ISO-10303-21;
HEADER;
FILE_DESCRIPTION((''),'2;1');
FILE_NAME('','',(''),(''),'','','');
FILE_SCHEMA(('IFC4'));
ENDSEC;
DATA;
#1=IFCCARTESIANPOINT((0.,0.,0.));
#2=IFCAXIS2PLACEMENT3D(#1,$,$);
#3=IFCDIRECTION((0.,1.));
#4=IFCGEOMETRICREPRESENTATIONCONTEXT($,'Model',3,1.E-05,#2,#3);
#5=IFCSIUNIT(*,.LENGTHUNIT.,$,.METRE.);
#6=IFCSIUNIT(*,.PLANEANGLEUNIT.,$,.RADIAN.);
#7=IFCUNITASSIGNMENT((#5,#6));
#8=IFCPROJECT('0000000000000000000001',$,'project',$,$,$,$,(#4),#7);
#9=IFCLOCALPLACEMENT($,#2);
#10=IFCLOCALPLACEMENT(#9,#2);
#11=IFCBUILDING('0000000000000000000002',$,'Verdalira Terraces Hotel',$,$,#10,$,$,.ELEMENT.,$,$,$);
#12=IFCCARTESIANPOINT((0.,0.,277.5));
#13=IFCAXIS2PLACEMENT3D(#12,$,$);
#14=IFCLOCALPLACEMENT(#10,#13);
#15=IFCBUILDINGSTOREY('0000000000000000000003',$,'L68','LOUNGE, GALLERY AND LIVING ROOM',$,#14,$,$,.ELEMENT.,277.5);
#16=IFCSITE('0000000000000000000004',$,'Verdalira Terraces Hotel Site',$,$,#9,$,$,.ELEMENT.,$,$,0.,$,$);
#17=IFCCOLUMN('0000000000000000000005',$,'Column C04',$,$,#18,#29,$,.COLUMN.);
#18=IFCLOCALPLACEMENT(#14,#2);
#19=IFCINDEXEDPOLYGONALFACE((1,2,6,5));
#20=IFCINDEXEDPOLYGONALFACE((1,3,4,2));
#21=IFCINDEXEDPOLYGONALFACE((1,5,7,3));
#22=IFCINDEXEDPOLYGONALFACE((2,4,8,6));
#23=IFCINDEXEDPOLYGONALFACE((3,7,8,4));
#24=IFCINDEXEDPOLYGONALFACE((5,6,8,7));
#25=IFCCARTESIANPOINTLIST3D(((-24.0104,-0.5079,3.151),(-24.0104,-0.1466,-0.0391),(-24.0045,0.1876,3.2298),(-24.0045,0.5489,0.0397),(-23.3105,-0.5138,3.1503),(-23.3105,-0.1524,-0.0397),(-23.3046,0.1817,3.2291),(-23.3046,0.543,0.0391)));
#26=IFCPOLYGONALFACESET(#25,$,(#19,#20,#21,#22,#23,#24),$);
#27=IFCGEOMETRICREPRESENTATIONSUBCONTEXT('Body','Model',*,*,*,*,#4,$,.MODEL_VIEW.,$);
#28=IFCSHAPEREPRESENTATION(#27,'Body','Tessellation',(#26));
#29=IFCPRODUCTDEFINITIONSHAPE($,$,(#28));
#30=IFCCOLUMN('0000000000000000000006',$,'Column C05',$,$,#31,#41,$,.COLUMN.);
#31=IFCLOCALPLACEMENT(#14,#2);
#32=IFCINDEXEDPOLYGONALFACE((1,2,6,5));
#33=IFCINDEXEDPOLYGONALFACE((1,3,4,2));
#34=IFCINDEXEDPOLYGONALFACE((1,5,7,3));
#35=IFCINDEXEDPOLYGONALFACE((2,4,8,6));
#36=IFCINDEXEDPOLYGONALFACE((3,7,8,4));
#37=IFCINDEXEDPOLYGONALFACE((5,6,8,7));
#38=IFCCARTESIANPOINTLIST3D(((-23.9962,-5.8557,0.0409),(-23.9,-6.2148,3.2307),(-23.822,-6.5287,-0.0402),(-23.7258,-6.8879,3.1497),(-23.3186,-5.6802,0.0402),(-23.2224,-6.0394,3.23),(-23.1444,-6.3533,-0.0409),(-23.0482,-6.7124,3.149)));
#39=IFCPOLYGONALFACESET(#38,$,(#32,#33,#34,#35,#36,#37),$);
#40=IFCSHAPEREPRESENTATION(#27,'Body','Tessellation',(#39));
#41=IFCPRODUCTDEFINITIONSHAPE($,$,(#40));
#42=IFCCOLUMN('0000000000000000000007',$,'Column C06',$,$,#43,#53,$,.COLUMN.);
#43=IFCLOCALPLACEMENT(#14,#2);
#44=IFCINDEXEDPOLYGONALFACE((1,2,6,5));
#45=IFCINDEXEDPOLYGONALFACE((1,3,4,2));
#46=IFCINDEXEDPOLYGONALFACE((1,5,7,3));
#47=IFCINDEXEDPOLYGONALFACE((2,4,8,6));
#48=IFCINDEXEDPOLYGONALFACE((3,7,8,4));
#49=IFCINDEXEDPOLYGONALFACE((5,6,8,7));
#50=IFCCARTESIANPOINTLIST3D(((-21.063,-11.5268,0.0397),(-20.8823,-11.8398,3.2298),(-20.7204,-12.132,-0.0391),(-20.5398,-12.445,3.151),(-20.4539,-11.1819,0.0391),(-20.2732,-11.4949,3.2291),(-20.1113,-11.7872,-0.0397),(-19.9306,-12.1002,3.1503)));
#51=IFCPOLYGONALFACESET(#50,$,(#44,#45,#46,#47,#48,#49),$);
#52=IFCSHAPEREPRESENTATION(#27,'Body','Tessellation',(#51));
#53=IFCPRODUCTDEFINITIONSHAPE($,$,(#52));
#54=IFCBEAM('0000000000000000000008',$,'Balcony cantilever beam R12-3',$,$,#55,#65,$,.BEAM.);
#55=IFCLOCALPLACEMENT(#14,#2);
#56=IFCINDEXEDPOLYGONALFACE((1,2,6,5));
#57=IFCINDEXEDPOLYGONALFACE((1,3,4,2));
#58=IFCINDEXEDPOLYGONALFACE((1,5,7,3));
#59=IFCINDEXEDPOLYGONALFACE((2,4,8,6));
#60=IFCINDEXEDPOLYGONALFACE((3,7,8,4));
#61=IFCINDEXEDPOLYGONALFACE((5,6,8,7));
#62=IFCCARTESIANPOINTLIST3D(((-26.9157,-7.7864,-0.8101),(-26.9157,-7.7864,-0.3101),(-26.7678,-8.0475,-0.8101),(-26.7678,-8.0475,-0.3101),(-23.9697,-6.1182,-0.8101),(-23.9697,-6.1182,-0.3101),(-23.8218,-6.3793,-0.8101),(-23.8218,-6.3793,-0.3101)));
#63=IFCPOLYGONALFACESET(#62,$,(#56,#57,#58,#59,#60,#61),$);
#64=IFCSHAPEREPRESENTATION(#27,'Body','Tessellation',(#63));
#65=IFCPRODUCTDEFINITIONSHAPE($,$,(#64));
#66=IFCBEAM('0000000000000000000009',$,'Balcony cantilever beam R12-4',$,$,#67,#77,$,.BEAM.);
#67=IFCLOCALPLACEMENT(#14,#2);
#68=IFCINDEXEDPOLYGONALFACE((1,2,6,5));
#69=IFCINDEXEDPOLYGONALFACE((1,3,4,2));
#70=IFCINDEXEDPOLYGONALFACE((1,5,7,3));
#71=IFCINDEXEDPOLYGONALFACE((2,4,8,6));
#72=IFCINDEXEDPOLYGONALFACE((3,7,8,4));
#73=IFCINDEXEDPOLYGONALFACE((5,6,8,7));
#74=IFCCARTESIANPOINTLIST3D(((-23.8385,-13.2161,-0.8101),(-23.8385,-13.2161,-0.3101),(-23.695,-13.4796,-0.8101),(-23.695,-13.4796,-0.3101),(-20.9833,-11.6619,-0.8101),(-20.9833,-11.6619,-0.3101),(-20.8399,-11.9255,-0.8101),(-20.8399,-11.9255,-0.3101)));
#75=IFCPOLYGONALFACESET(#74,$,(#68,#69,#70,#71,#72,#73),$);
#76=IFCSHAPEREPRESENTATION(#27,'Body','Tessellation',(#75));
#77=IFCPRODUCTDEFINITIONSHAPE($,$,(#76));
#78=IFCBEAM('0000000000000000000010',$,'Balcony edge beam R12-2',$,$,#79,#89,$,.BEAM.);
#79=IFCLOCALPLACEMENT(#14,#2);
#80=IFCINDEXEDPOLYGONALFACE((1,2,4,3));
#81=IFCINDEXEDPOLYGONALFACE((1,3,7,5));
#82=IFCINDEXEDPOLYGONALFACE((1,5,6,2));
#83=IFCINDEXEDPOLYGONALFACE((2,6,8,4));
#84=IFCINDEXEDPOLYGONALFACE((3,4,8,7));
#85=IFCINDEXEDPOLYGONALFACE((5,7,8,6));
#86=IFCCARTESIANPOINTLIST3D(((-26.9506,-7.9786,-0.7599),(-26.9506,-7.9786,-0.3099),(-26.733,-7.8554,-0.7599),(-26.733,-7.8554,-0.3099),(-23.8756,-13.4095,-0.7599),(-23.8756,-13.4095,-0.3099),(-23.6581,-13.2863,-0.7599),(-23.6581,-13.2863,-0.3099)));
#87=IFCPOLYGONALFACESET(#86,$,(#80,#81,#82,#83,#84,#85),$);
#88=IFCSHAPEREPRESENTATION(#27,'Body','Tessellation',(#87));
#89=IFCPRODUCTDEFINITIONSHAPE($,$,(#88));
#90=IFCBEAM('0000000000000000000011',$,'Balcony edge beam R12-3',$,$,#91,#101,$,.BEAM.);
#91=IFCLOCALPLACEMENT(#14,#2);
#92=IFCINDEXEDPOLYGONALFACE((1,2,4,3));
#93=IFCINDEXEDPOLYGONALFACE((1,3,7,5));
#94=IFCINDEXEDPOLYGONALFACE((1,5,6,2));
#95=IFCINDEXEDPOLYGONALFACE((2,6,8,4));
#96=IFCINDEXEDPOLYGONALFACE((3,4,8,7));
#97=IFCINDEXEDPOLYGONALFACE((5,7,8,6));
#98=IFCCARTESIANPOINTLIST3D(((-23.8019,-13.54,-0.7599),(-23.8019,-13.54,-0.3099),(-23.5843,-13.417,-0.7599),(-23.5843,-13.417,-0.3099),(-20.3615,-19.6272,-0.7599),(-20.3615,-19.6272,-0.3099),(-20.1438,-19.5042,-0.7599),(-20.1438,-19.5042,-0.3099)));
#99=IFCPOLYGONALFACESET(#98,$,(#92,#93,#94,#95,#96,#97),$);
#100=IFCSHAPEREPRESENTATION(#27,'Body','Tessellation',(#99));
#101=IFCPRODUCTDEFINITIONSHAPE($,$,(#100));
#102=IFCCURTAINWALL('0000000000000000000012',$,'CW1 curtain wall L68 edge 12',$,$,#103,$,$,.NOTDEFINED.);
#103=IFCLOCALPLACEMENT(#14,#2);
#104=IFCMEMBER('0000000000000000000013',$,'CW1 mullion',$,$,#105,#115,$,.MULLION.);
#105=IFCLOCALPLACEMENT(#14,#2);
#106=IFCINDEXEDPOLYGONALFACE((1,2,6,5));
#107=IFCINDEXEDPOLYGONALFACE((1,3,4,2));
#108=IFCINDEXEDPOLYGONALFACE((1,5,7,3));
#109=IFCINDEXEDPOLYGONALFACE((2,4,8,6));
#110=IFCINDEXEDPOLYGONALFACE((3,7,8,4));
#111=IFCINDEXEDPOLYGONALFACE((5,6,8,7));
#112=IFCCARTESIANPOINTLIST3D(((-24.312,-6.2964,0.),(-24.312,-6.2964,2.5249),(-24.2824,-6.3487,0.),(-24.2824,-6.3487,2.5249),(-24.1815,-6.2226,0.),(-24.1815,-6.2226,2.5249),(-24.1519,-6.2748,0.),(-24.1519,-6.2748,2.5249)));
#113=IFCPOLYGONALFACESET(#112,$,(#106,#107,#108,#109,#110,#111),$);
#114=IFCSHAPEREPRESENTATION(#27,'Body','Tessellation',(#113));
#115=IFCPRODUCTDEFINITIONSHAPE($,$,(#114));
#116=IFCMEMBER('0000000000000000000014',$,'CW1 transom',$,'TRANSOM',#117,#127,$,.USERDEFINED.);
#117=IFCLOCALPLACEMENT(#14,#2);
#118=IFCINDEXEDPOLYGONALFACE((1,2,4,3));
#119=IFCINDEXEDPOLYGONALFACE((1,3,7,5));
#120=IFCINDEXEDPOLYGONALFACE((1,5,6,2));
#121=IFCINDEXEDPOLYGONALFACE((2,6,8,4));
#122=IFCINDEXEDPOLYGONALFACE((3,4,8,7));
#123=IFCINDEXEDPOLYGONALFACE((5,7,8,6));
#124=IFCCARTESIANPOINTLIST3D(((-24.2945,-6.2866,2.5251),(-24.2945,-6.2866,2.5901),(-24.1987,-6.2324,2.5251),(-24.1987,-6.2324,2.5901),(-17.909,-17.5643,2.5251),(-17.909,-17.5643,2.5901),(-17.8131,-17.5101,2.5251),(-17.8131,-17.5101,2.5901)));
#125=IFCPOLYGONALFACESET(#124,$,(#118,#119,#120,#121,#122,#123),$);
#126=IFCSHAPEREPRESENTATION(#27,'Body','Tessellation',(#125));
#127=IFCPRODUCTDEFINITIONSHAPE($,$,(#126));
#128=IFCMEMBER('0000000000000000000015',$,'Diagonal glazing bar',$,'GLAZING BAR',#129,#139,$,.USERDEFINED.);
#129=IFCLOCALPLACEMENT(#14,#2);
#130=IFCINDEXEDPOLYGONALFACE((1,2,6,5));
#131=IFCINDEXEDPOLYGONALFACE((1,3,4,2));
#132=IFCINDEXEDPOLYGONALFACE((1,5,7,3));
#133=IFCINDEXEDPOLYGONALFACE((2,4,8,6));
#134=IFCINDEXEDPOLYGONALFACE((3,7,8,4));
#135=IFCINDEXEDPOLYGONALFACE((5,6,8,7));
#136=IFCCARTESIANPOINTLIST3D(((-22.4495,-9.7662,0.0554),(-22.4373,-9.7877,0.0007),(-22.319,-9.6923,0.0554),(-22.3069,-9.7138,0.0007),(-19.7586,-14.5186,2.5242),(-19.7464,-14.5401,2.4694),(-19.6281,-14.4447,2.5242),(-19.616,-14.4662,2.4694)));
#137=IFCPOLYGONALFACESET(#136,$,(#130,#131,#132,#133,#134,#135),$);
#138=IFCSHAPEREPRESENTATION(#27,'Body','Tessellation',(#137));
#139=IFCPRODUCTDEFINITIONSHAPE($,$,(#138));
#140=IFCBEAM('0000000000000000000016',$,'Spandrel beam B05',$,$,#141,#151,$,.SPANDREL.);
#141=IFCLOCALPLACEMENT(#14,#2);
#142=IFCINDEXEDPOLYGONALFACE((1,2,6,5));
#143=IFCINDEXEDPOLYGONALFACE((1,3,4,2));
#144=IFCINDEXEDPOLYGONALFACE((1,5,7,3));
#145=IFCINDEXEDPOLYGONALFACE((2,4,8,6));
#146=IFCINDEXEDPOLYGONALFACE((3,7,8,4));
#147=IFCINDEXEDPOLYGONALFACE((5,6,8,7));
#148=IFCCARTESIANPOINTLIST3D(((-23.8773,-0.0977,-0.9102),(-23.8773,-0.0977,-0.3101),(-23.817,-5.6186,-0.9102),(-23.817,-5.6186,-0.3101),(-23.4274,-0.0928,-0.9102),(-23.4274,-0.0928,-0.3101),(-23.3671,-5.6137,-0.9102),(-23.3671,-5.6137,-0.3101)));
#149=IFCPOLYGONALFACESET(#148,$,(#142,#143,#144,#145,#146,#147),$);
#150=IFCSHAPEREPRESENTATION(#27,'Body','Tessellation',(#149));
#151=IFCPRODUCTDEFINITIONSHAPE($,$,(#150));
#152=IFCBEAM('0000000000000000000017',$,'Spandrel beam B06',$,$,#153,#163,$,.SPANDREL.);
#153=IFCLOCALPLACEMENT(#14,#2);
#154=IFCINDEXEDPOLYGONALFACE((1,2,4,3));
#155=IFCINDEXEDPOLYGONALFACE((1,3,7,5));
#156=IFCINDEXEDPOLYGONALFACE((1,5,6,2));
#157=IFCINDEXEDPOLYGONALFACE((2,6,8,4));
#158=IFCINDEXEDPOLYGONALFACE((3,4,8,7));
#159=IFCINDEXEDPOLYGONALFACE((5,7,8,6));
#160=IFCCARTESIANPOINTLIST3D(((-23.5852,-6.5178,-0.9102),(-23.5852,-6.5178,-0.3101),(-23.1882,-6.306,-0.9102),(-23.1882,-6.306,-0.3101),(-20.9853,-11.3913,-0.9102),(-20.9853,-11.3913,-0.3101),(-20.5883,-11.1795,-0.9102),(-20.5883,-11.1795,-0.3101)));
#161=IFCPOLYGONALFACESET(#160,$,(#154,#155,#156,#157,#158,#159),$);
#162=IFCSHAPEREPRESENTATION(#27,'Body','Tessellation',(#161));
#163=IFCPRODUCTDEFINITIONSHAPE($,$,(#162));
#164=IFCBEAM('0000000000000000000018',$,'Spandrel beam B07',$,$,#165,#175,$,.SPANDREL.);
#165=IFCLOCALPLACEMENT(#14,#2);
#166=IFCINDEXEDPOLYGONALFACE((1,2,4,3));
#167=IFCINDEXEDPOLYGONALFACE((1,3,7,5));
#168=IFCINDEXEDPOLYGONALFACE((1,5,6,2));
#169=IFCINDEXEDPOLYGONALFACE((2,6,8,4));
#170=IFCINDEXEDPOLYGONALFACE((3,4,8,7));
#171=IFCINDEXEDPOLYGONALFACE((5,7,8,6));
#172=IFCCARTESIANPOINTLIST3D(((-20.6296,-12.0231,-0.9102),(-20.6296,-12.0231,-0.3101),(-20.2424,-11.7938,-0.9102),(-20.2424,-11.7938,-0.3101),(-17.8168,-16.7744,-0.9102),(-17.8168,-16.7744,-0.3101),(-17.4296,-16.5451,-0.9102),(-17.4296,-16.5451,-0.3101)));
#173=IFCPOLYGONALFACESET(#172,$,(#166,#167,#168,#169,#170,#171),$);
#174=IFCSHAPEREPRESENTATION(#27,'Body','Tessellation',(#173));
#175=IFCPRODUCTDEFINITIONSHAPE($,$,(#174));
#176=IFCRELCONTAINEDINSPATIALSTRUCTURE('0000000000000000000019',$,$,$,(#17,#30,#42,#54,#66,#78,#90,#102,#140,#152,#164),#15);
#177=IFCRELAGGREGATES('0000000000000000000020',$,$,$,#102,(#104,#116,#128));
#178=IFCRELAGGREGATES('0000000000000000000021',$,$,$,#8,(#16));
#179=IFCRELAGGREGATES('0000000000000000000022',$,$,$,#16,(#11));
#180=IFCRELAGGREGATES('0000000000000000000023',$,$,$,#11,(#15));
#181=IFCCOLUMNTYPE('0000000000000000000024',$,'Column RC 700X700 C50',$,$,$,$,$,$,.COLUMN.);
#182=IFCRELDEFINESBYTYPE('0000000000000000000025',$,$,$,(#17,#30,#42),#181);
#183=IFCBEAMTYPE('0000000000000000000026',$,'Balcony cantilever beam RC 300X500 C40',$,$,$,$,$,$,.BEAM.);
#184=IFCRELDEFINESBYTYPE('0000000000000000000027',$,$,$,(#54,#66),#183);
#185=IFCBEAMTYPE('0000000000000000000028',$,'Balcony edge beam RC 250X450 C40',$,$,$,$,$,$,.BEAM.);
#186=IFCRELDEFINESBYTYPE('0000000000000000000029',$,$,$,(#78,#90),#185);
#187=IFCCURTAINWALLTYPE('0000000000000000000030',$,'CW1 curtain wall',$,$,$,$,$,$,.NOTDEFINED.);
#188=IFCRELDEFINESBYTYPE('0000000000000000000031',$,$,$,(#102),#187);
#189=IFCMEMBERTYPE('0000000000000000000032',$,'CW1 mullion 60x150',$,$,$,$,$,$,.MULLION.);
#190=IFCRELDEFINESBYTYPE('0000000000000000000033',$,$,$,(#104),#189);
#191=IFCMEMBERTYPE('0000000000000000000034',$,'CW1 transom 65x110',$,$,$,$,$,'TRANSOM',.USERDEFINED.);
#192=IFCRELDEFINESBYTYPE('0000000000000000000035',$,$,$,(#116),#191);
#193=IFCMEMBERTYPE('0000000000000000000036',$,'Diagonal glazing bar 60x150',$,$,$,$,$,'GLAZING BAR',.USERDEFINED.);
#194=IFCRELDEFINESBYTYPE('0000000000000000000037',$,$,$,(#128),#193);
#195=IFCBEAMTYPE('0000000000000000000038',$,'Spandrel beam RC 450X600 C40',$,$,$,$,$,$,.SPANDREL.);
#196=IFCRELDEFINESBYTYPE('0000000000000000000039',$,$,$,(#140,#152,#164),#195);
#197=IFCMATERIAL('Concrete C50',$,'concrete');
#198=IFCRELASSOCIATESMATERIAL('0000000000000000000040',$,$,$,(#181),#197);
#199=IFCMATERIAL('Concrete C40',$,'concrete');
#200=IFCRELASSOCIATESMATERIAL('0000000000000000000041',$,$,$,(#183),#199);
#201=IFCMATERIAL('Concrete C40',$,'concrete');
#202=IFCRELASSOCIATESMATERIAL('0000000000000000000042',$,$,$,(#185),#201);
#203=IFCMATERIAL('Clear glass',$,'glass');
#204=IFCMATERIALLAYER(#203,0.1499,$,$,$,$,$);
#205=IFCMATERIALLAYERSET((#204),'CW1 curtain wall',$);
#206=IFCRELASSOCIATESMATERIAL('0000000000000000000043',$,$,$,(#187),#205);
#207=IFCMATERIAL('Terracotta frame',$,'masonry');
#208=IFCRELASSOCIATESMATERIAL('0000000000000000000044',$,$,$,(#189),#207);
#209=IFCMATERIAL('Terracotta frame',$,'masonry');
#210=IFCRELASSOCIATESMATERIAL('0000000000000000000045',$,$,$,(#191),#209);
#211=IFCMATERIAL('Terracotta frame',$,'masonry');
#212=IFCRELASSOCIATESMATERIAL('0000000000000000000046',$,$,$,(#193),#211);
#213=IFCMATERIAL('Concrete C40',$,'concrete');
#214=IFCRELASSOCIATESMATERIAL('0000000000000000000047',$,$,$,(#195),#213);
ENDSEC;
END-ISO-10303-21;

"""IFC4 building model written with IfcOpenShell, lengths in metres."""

from ifc_helpers import new_model, si_unit, direction, frame, origin, origin_2d, place, context, subcontext, project, spatial, rectangle, extrude, material, layer, layer_set, material_profile, profile_set, type_object, element, aggregate, save


model = new_model("IFC4")

# Units and contexts
model_context = context("Model", 3, precision=1e-05, world=origin(), true_north=direction((0.0, 1.0)))
body_context = subcontext(model_context, "Body", "Model", "MODEL_VIEW")
ifc_project = project(units=[si_unit("LENGTHUNIT", "METRE"), si_unit("PLANEANGLEUNIT", "RADIAN")], contexts=[model_context])

# Site, building, storey
site_placement = place(None, origin())
site = spatial("IfcSite", under=ifc_project, at=site_placement, Name="Verdalira Terraces Hotel Site", CompositionType="ELEMENT", RefElevation=0.0)
building_placement = place(site_placement, origin())
building = spatial("IfcBuilding", under=site, at=building_placement, Name="Verdalira Terraces Hotel", CompositionType="ELEMENT")
storey_placement = place(building_placement, frame((0.0, 0.0, 277.5)))
storey = spatial("IfcBuildingStorey", under=building, at=storey_placement, Name="L68", Description="LOUNGE, GALLERY AND LIVING ROOM", CompositionType="ELEMENT", Elevation=277.5)

# Columns
ifc_material_1 = material(Name="Concrete C50", Category="concrete")
ifc_material_profile_1 = material_profile(ifc_material_1, rectangle(XDim=0.7, YDim=0.7, at=origin_2d()), Name="RC 700X700")
ifc_profile_set_1 = profile_set([ifc_material_profile_1], Name="Concrete C50")
column_type = type_object("IfcColumnType", Name="Column RC 700X700 C50", PredefinedType="COLUMN", material=ifc_profile_set_1)
column_1_placement = place(storey_placement, frame((-23.6575, 0.1982, 0.0), z_axis=(0.0, -0.112551, 0.993646), x_axis=(-0.008432, -0.993611, -0.112547)))
element("IfcColumn", 1, at=column_1_placement, inside=storey, type_object=column_type, Name="Column C04", PredefinedType="COLUMN", context=body_context, shape_type="SweptSolid", body=[
    extrude(rectangle(XDim=0.7, YDim=0.7, at=origin_2d()), origin(), (0.0, 0.0, 1.0), 3.2104),
])
column_2_placement = place(storey_placement, frame((-23.5703, -6.1045, 0.0), z_axis=(0.029952, -0.111825, 0.993276), x_axis=(-0.24883, 0.961604, 0.115763)))
element("IfcColumn", 2, at=column_2_placement, inside=storey, type_object=column_type, Name="Column C05", PredefinedType="COLUMN", context=body_context, shape_type="SweptSolid", body=[
    extrude(rectangle(XDim=0.7, YDim=0.7, at=origin_2d()), origin(), (0.0, 0.0, 1.0), 3.2114),
])
column_3_placement = place(storey_placement, frame((-20.5872, -11.657, 0.0), z_axis=(0.056276, -0.097494, 0.993644), x_axis=(0.48942, -0.864753, -0.112566)))
element("IfcColumn", 3, at=column_3_placement, inside=storey, type_object=column_type, Name="Column C06", PredefinedType="COLUMN", context=body_context, shape_type="SweptSolid", body=[
    extrude(rectangle(XDim=0.7, YDim=0.7, at=origin_2d()), origin(), (0.0, 0.0, 1.0), 3.2104),
])

# Beams
ifc_material_2 = material(Name="Concrete C40", Category="concrete")
ifc_material_profile_2 = material_profile(ifc_material_2, rectangle(XDim=0.3, YDim=0.5, at=origin_2d()), Name="RC 300X500")
ifc_profile_set_2 = profile_set([ifc_material_profile_2], Name="Concrete C40")
beam_type_1 = type_object("IfcBeamType", Name="Balcony cantilever beam RC 300X500 C40", PredefinedType="BEAM", material=ifc_profile_set_2)
beam_1_placement = place(storey_placement, frame((-23.8958, -6.2488, -0.5601), z_axis=(-0.870176, -0.492741, 0.0), x_axis=(0.492741, -0.870176, 0.0)))
element("IfcBeam", 4, at=beam_1_placement, inside=storey, type_object=beam_type_1, Name="Balcony cantilever beam R12-3", PredefinedType="BEAM", context=body_context, shape_type="SweptSolid", body=[
    extrude(rectangle(XDim=0.3, YDim=0.5, at=origin_2d()), origin(), (0.0, 0.0, 1.0), 3.3855),
])
beam_2_placement = place(storey_placement, frame((-20.9116, -11.7937, -0.5601), z_axis=(-0.878309, -0.478094, 0.0), x_axis=(0.478094, -0.878309, 0.0)))
element("IfcBeam", 5, at=beam_2_placement, inside=storey, type_object=beam_type_1, Name="Balcony cantilever beam R12-4", PredefinedType="BEAM", context=body_context, shape_type="SweptSolid", body=[
    extrude(rectangle(XDim=0.3, YDim=0.5, at=origin_2d()), origin(), (0.0, 0.0, 1.0), 3.2507),
])
ifc_material_3 = material(Name="Concrete C40", Category="concrete")
ifc_material_profile_3 = material_profile(ifc_material_3, rectangle(XDim=0.25, YDim=0.45, at=origin_2d()), Name="RC 250X450")
ifc_profile_set_3 = profile_set([ifc_material_profile_3], Name="Concrete C40")
beam_type_2 = type_object("IfcBeamType", Name="Balcony edge beam RC 250X450 C40", PredefinedType="BEAM", material=ifc_profile_set_3)
beam_3_placement = place(storey_placement, frame((-26.8418, -7.917, -0.5349), z_axis=(0.492702, -0.870198, 0.0), x_axis=(0.870198, 0.492702, 0.0)))
element("IfcBeam", 6, at=beam_3_placement, inside=storey, type_object=beam_type_2, Name="Balcony edge beam R12-2", PredefinedType="BEAM", context=body_context, shape_type="SweptSolid", body=[
    extrude(rectangle(XDim=0.25, YDim=0.45, at=origin_2d()), origin(), (0.0, 0.0, 1.0), 6.241),
])
beam_4_placement = place(storey_placement, frame((-23.6931, -13.4785, -0.5349), z_axis=(0.492042, -0.870571, 0.0), x_axis=(0.870571, 0.492042, 0.0)))
element("IfcBeam", 7, at=beam_4_placement, inside=storey, type_object=beam_type_2, Name="Balcony edge beam R12-3", PredefinedType="BEAM", context=body_context, shape_type="SweptSolid", body=[
    extrude(rectangle(XDim=0.25, YDim=0.45, at=origin_2d()), origin(), (0.0, 0.0, 1.0), 6.9922),
])

# Curtain wall, members
ifc_material_4 = material(Name="Clear glass", Category="glass")
ifc_layer_1 = layer(ifc_material_4, 0.1499)
ifc_layer_set_1 = layer_set([ifc_layer_1], Name="CW1 curtain wall")
curtain_wall_type = type_object("IfcCurtainWallType", Name="CW1 curtain wall", PredefinedType="NOTDEFINED", material=ifc_layer_set_1)
curtain_wall_placement = place(storey_placement, origin())
curtain_wall = element("IfcCurtainWall", 8, at=curtain_wall_placement, inside=storey, type_object=curtain_wall_type, Name="CW1 curtain wall L68 edge 12", PredefinedType="NOTDEFINED")
ifc_material_5 = material(Name="Terracotta frame", Category="masonry")
ifc_material_profile_4 = material_profile(ifc_material_5, rectangle(XDim=0.0601, YDim=0.1499, at=origin_2d()), Name="MU 60x150")
ifc_profile_set_4 = profile_set([ifc_material_profile_4], Name="Terracotta frame")
member_type_1 = type_object("IfcMemberType", Name="CW1 mullion 60x150", PredefinedType="MULLION", material=ifc_profile_set_4)
member_1_placement = place(storey_placement, frame((-24.2319, -6.2856, 0.0), z_axis=(0.0, 0.0, 1.0), x_axis=(0.492727, -0.870184, 0.0)))
member_1 = element("IfcMember", 9, at=member_1_placement, type_object=member_type_1, Name="CW1 mullion", PredefinedType="MULLION", context=body_context, shape_type="SweptSolid", body=[
    extrude(rectangle(XDim=0.0601, YDim=0.1499, at=origin_2d()), origin(), (0.0, 0.0, 1.0), 2.5249),
])
ifc_material_6 = material(Name="Terracotta frame", Category="masonry")
ifc_material_profile_5 = material_profile(ifc_material_6, rectangle(XDim=0.1101, YDim=0.0649, at=origin_2d()), Name="TR 65x110")
ifc_profile_set_5 = profile_set([ifc_material_profile_5], Name="Terracotta frame")
member_type_2 = type_object("IfcMemberType", Name="CW1 transom 65x110", ElementType="TRANSOM", PredefinedType="USERDEFINED", material=ifc_profile_set_5)
member_2_placement = place(storey_placement, frame((-24.2466, -6.2595, 2.5576), z_axis=(0.492713, -0.870192, 0.0), x_axis=(0.870192, 0.492713, 0.0)))
member_2 = element("IfcMember", 10, at=member_2_placement, type_object=member_type_2, Name="CW1 transom", ObjectType="TRANSOM", PredefinedType="USERDEFINED", context=body_context, shape_type="SweptSolid", body=[
    extrude(rectangle(XDim=0.1101, YDim=0.0649, at=origin_2d()), origin(), (0.0, 0.0, 1.0), 12.96),
])
ifc_material_7 = material(Name="Terracotta frame", Category="masonry")
ifc_material_profile_6 = material_profile(ifc_material_7, rectangle(XDim=0.1499, YDim=0.0601, at=origin_2d()), Name="GB 60x150")
ifc_profile_set_6 = profile_set([ifc_material_profile_6], Name="Terracotta frame")
member_type_3 = type_object("IfcMemberType", Name="Diagonal glazing bar 60x150", ElementType="GLAZING BAR", PredefinedType="USERDEFINED", material=ifc_profile_set_6)
member_3_placement = place(storey_placement, frame((-22.3782, -9.74, 0.0281), z_axis=(0.448976, -0.792939, 0.411908), x_axis=(0.87019, 0.492717, 0.0)))
member_3 = element("IfcMember", 11, at=member_3_placement, type_object=member_type_3, Name="Diagonal glazing bar", ObjectType="GLAZING BAR", PredefinedType="USERDEFINED", context=body_context, shape_type="SweptSolid", body=[
    extrude(rectangle(XDim=0.1499, YDim=0.0601, at=origin_2d()), origin(), (0.0, 0.0, 1.0), 5.9934),
])

# Beams
ifc_material_8 = material(Name="Concrete C40", Category="concrete")
ifc_material_profile_7 = material_profile(ifc_material_8, rectangle(XDim=0.45, YDim=0.6001, at=origin_2d()), Name="RC 450X600")
ifc_profile_set_7 = profile_set([ifc_material_profile_7], Name="Concrete C40")
beam_type_3 = type_object("IfcBeamType", Name="Spandrel beam RC 450X600 C40", PredefinedType="SPANDREL", material=ifc_profile_set_7)
beam_5_placement = place(storey_placement, frame((-23.6523, -0.0952, -0.6101), z_axis=(0.010922, -0.99994, 0.0), x_axis=(0.99994, 0.010922, 0.0)))
element("IfcBeam", 12, at=beam_5_placement, inside=storey, type_object=beam_type_3, Name="Spandrel beam B05", PredefinedType="SPANDREL", context=body_context, shape_type="SweptSolid", body=[
    extrude(rectangle(XDim=0.45, YDim=0.6001, at=origin_2d()), origin(), (0.0, 0.0, 1.0), 5.5212),
])
beam_6_placement = place(storey_placement, frame((-23.3867, -6.4119, -0.6101), z_axis=(0.470678, -0.882305, 0.0), x_axis=(0.882305, 0.470678, 0.0)))
element("IfcBeam", 13, at=beam_6_placement, inside=storey, type_object=beam_type_3, Name="Spandrel beam B06", PredefinedType="SPANDREL", context=body_context, shape_type="SweptSolid", body=[
    extrude(rectangle(XDim=0.45, YDim=0.6001, at=origin_2d()), origin(), (0.0, 0.0, 1.0), 5.5237),
])
beam_7_placement = place(storey_placement, frame((-20.436, -11.9084, -0.6101), z_axis=(0.509428, -0.860513, 0.0), x_axis=(0.860513, 0.509428, 0.0)))
element("IfcBeam", 14, at=beam_7_placement, inside=storey, type_object=beam_type_3, Name="Spandrel beam B07", PredefinedType="SPANDREL", context=body_context, shape_type="SweptSolid", body=[
    extrude(rectangle(XDim=0.45, YDim=0.6001, at=origin_2d()), origin(), (0.0, 0.0, 1.0), 5.5215),
])

aggregate(curtain_wall, [member_1, member_2, member_3])

save(model, "model.ifc")
